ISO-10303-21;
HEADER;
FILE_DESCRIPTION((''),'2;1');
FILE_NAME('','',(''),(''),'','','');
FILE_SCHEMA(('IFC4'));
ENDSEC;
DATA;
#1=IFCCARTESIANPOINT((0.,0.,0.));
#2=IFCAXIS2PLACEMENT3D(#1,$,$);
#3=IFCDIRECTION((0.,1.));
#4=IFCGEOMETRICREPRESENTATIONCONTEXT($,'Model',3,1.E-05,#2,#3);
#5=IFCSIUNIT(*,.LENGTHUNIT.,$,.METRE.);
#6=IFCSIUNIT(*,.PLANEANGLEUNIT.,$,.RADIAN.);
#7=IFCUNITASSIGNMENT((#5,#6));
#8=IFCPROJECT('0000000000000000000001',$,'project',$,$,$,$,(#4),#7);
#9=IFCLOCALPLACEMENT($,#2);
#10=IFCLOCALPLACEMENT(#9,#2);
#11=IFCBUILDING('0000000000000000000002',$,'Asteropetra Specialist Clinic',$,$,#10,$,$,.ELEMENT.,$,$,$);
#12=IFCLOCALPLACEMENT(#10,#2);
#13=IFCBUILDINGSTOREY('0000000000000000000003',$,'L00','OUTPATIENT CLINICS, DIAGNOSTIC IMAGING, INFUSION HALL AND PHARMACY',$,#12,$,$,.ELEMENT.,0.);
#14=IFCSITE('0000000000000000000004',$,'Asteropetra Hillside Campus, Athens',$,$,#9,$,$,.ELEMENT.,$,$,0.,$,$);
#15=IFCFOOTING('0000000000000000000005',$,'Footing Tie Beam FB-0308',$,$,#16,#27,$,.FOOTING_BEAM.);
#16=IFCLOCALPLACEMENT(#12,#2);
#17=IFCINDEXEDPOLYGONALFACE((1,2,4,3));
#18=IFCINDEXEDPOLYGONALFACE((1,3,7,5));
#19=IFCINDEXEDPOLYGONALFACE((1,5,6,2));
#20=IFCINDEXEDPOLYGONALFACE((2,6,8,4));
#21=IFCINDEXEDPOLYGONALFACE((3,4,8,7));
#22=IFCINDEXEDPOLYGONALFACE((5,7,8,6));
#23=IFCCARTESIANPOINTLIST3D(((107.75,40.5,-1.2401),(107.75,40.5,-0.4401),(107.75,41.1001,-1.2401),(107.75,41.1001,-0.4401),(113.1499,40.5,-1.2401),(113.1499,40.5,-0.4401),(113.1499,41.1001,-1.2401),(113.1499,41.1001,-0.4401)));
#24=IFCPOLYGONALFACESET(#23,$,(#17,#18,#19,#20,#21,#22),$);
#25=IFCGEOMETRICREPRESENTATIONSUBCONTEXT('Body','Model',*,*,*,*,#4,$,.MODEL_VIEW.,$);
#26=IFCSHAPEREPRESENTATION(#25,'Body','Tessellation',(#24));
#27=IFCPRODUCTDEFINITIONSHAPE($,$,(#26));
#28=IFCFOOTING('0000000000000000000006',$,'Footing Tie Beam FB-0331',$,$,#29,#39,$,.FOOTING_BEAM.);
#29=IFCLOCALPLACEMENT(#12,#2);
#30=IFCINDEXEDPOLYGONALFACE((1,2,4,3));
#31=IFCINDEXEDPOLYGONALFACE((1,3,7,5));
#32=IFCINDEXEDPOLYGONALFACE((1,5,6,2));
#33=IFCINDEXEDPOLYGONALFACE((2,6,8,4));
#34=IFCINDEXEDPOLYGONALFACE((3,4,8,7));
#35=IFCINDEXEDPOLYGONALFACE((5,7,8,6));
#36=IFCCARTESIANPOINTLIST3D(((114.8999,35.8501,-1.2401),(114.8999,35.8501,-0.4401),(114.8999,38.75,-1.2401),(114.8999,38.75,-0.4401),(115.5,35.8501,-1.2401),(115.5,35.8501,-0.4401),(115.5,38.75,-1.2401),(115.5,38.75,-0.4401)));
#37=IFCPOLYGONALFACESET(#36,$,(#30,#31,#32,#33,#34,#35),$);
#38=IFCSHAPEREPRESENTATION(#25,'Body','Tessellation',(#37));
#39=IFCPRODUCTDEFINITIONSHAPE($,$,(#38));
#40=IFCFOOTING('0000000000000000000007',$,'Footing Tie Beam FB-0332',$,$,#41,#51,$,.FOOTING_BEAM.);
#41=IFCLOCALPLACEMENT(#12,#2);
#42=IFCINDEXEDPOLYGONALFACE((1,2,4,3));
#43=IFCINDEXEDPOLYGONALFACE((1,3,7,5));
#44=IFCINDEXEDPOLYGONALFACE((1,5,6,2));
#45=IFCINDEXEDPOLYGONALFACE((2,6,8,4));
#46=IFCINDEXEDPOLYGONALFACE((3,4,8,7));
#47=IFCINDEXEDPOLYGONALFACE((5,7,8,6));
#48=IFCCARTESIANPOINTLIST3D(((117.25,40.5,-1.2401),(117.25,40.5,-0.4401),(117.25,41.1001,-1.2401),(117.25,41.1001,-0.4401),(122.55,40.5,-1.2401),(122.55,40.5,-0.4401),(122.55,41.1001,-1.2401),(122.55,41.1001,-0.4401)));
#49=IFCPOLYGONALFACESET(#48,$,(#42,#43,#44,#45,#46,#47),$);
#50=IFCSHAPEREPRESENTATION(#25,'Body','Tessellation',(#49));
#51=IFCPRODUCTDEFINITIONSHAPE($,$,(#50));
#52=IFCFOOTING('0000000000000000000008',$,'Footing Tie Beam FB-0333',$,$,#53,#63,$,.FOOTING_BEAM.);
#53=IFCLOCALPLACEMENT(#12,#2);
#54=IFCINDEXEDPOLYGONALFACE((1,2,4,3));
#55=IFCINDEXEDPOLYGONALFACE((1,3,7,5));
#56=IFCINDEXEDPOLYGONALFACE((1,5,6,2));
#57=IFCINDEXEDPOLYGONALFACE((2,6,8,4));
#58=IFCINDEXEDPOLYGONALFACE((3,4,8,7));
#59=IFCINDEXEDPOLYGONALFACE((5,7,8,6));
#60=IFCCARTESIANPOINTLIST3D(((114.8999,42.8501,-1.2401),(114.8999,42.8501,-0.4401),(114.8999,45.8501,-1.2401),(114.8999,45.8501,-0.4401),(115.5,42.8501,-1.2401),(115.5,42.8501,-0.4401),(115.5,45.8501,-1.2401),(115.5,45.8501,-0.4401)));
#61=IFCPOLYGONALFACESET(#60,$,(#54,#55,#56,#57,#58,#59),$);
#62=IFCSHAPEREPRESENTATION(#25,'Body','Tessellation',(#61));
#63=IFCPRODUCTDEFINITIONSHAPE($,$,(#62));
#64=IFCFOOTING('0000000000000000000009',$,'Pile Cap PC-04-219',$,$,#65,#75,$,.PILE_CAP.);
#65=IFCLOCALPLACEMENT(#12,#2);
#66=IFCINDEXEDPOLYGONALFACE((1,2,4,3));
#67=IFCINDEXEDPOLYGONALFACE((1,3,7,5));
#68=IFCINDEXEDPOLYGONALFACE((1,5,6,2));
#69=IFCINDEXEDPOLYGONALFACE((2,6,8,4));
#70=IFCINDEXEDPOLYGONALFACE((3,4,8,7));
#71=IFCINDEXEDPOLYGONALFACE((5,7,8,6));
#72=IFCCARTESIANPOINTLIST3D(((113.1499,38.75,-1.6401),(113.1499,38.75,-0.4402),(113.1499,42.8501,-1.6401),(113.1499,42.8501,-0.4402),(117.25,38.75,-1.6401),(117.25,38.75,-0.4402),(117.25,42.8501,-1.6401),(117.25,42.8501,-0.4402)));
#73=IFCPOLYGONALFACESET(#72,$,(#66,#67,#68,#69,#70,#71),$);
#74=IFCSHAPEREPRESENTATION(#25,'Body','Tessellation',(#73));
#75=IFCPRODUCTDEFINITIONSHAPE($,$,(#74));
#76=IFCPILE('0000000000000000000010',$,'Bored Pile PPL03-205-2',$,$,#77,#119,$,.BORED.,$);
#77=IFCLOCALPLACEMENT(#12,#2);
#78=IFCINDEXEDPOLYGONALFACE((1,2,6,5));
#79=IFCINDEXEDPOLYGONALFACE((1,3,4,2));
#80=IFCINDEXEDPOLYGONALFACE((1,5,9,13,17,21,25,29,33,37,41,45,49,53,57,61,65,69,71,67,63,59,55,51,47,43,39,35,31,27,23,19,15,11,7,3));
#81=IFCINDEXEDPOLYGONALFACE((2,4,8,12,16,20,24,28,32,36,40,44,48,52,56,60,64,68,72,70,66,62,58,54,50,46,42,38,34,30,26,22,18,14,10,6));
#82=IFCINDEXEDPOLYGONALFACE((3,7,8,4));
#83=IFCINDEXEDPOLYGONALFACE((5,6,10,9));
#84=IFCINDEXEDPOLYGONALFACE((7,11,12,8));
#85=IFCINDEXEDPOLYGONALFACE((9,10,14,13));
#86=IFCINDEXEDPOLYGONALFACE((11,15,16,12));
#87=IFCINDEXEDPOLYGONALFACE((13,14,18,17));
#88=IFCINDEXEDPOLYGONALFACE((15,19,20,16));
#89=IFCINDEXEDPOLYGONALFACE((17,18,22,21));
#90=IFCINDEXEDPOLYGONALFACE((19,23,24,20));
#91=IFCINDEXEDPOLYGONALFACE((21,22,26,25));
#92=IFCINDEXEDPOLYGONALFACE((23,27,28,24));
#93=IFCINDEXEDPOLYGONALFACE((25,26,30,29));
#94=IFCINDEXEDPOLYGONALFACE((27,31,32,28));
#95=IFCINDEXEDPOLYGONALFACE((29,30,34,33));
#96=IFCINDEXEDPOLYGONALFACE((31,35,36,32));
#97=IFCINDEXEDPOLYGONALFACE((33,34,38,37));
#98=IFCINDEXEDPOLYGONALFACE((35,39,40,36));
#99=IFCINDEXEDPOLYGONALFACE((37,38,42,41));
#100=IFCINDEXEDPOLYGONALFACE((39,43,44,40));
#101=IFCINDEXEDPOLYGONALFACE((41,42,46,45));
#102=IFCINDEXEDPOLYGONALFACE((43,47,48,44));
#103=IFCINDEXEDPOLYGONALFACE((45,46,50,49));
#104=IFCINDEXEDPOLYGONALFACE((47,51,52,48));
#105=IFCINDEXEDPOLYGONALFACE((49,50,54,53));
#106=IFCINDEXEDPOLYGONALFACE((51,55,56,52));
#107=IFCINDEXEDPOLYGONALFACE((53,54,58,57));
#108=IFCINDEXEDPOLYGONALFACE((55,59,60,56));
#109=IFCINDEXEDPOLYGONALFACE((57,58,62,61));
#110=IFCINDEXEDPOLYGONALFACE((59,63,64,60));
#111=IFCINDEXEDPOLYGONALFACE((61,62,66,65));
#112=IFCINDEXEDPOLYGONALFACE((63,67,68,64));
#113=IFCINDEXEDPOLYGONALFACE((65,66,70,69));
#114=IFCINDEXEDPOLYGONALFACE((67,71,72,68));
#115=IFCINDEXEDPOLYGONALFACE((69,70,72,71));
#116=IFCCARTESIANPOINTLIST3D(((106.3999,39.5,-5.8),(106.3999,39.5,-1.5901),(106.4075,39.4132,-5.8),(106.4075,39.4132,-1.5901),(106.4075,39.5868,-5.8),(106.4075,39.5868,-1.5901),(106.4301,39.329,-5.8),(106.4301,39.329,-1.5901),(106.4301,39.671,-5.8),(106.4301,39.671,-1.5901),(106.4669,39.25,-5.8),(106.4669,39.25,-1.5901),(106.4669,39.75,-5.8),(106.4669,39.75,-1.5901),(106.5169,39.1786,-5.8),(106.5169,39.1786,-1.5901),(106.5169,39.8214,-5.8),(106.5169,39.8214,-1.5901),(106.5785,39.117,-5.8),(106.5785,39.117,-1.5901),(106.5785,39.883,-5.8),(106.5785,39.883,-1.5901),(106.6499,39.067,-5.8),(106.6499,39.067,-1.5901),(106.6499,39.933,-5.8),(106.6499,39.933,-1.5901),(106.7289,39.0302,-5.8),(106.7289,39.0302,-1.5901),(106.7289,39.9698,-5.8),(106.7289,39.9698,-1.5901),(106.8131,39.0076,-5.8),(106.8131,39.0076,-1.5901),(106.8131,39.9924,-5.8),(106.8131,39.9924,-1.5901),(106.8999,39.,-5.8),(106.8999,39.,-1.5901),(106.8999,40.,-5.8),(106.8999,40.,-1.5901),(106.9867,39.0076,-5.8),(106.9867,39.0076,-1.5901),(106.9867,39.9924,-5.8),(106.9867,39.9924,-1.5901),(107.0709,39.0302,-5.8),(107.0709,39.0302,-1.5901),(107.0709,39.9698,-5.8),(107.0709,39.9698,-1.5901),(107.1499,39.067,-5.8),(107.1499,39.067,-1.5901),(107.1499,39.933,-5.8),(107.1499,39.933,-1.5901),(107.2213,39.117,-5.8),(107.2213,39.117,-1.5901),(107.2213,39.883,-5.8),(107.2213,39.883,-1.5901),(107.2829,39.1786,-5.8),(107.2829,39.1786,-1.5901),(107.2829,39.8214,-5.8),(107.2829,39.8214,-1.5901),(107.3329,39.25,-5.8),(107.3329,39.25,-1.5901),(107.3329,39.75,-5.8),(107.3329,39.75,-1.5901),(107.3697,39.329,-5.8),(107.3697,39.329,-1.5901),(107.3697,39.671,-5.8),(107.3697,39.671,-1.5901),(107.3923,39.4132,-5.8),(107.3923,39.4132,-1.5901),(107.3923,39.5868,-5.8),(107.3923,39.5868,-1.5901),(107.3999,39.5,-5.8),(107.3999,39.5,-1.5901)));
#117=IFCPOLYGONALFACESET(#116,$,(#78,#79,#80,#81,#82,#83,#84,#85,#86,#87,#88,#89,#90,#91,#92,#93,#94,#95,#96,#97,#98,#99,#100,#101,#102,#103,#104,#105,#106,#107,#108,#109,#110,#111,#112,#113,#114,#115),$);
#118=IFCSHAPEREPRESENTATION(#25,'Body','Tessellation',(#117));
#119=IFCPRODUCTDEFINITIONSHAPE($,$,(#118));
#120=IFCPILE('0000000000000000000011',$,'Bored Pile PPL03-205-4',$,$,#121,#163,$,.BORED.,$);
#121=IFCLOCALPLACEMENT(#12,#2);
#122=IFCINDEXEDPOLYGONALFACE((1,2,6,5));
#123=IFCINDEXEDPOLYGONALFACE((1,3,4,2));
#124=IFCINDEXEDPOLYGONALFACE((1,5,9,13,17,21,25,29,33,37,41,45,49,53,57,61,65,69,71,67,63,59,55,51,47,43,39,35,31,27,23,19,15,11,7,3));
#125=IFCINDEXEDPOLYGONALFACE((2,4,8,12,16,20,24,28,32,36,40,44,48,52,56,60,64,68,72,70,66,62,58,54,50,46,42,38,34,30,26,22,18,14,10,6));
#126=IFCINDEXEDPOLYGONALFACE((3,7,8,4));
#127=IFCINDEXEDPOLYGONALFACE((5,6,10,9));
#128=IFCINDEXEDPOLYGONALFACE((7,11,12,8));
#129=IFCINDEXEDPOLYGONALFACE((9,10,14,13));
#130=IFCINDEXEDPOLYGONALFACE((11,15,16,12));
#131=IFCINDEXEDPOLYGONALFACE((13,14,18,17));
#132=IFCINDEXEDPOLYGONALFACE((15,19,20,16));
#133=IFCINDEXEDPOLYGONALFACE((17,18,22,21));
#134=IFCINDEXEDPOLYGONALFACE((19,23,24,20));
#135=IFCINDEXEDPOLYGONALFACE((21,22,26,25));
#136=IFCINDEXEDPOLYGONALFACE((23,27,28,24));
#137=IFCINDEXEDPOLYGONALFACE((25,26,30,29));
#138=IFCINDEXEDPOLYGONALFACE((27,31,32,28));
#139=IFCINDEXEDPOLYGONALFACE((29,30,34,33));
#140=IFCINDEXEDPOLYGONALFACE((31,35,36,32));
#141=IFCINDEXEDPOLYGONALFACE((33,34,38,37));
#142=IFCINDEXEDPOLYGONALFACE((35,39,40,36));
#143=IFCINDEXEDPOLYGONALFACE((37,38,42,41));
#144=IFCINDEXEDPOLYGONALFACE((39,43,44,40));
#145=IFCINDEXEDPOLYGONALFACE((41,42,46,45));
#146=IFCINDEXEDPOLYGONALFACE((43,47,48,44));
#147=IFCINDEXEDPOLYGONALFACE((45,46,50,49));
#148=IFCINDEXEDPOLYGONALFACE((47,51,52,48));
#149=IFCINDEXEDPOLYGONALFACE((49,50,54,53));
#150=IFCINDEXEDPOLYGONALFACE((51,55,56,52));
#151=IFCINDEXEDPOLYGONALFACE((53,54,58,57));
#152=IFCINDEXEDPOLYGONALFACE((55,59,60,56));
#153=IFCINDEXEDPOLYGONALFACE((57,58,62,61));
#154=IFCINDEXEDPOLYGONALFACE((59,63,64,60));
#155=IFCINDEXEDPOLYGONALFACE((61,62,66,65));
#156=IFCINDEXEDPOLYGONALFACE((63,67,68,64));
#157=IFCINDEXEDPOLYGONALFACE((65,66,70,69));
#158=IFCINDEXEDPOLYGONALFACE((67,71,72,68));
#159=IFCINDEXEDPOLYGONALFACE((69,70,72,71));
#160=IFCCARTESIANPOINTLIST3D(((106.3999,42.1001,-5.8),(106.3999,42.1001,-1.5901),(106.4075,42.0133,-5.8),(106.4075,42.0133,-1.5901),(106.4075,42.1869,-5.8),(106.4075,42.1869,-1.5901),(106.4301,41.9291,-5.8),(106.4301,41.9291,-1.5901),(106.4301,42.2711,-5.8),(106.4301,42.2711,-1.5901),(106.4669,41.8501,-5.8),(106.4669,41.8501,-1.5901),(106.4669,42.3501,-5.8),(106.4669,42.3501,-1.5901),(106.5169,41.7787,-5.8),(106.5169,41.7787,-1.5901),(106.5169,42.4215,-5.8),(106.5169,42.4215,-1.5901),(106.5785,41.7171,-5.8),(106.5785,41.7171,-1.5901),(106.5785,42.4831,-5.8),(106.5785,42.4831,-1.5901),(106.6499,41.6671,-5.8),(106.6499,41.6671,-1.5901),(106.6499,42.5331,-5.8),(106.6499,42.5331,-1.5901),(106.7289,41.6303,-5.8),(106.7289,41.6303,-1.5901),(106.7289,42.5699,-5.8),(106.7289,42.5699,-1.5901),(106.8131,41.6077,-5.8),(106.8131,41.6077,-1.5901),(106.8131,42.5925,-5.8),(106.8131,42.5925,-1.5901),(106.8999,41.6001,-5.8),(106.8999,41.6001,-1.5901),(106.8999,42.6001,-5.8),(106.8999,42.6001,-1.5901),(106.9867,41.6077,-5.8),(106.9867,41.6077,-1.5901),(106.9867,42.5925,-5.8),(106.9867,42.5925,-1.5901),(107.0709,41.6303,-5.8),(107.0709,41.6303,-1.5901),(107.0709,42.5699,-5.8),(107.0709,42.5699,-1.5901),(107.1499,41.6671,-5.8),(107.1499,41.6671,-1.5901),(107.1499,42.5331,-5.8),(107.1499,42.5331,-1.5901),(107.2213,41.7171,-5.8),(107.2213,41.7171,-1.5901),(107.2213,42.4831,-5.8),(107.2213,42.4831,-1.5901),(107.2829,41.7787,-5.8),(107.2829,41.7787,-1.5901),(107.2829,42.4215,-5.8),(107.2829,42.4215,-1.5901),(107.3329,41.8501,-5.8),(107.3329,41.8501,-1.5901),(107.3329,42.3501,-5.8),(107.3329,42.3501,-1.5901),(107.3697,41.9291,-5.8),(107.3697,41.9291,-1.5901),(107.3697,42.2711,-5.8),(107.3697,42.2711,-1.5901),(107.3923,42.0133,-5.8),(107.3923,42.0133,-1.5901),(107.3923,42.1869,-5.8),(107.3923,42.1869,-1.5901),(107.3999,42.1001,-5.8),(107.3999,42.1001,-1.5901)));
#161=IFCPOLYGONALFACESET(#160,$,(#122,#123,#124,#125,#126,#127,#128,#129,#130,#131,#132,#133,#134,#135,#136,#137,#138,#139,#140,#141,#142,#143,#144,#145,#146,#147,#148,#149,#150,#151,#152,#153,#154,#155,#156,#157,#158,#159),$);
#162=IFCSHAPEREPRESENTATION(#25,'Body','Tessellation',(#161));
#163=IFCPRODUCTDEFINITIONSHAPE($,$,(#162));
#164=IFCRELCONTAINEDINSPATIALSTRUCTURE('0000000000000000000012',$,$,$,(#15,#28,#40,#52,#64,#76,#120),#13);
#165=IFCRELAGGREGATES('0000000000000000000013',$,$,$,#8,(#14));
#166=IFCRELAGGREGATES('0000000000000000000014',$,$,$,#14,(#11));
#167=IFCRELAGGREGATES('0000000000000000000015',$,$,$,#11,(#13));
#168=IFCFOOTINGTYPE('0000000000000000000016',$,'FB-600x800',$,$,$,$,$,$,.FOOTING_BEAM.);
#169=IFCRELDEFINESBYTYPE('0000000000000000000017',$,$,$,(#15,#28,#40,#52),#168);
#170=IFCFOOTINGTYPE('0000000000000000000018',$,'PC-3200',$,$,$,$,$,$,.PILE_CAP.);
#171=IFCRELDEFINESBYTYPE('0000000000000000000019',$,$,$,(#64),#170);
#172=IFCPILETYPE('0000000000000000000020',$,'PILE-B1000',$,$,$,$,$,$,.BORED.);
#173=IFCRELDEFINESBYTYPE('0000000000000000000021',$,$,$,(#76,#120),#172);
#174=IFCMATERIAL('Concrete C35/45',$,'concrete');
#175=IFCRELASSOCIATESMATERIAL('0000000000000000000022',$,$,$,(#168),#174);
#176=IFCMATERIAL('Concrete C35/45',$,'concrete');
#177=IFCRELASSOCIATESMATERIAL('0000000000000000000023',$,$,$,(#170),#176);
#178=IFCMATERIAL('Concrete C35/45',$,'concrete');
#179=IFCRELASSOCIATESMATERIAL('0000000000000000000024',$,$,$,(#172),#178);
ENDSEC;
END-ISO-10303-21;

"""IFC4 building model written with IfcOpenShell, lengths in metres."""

from ifc_helpers import new_model, si_unit, direction, frame, origin, origin_2d, place, context, subcontext, project, spatial, rectangle, circle, extrude, material, material_profile, profile_set, type_object, element, save


model = new_model("IFC4")

# Units and contexts
model_context = context("Model", 3, precision=1e-05, world=origin(), true_north=direction((0.0, 1.0)))
body_context = subcontext(model_context, "Body", "Model", "MODEL_VIEW")
ifc_project = project(units=[si_unit("LENGTHUNIT", "METRE"), si_unit("PLANEANGLEUNIT", "RADIAN")], contexts=[model_context])

# Site, building, storey
site_placement = place(None, origin())
site = spatial("IfcSite", under=ifc_project, at=site_placement, Name="Asteropetra Hillside Campus, Athens", CompositionType="ELEMENT", RefElevation=0.0)
building_placement = place(site_placement, origin())
building = spatial("IfcBuilding", under=site, at=building_placement, Name="Asteropetra Specialist Clinic", CompositionType="ELEMENT")
storey_placement = place(building_placement, origin())
storey = spatial("IfcBuildingStorey", under=building, at=storey_placement, Name="L00", Description="OUTPATIENT CLINICS, DIAGNOSTIC IMAGING, INFUSION HALL AND PHARMACY", CompositionType="ELEMENT", Elevation=0.0)

# Footings
ifc_material_1 = material(Name="Concrete C35/45", Category="concrete")
ifc_material_profile_1 = material_profile(ifc_material_1, rectangle(XDim=0.6001, YDim=0.8, at=origin_2d()), Name="FB 600x800")
ifc_profile_set_1 = profile_set([ifc_material_profile_1], Name="Concrete C35/45")
footing_type_1 = type_object("IfcFootingType", Name="FB-600x800", PredefinedType="FOOTING_BEAM", material=ifc_profile_set_1)
footing_1_placement = place(storey_placement, frame((107.75, 40.8, -0.8401), z_axis=(1.0, 0.0, 0.0), x_axis=(0.0, 1.0, 0.0)))
element("IfcFooting", 1, at=footing_1_placement, inside=storey, type_object=footing_type_1, Name="Footing Tie Beam FB-0308", PredefinedType="FOOTING_BEAM", context=body_context, shape_type="SweptSolid", body=[
    extrude(rectangle(XDim=0.6001, YDim=0.8, at=origin_2d()), origin(), (0.0, 0.0, 1.0), 5.3999),
])
footing_2_placement = place(storey_placement, frame((115.2, 35.8501, -0.8401), z_axis=(0.0, 1.0, 0.0), x_axis=(-1.0, 0.0, 0.0)))
element("IfcFooting", 2, at=footing_2_placement, inside=storey, type_object=footing_type_1, Name="Footing Tie Beam FB-0331", PredefinedType="FOOTING_BEAM", context=body_context, shape_type="SweptSolid", body=[
    extrude(rectangle(XDim=0.6001, YDim=0.8, at=origin_2d()), origin(), (0.0, 0.0, 1.0), 2.8999),
])
footing_3_placement = place(storey_placement, frame((117.25, 40.8, -0.8401), z_axis=(1.0, 0.0, 0.0), x_axis=(0.0, 1.0, 0.0)))
element("IfcFooting", 3, at=footing_3_placement, inside=storey, type_object=footing_type_1, Name="Footing Tie Beam FB-0332", PredefinedType="FOOTING_BEAM", context=body_context, shape_type="SweptSolid", body=[
    extrude(rectangle(XDim=0.6001, YDim=0.8, at=origin_2d()), origin(), (0.0, 0.0, 1.0), 5.3),
])
footing_4_placement = place(storey_placement, frame((115.2, 42.8501, -0.8401), z_axis=(0.0, 1.0, 0.0), x_axis=(-1.0, 0.0, 0.0)))
element("IfcFooting", 4, at=footing_4_placement, inside=storey, type_object=footing_type_1, Name="Footing Tie Beam FB-0333", PredefinedType="FOOTING_BEAM", context=body_context, shape_type="SweptSolid", body=[
    extrude(rectangle(XDim=0.6001, YDim=0.8, at=origin_2d()), origin(), (0.0, 0.0, 1.0), 3.0),
])
ifc_material_2 = material(Name="Concrete C35/45", Category="concrete")
footing_type_2 = type_object("IfcFootingType", Name="PC-3200", PredefinedType="PILE_CAP", material=ifc_material_2)
footing_5_placement = place(storey_placement, frame((115.2, 40.8, -1.6401), z_axis=(0.0, 0.0, 1.0), x_axis=(1.0, 0.0, 0.0)))
element("IfcFooting", 5, at=footing_5_placement, inside=storey, type_object=footing_type_2, Name="Pile Cap PC-04-219", PredefinedType="PILE_CAP", context=body_context, shape_type="SweptSolid", body=[
    extrude(rectangle(XDim=4.1001, YDim=4.1001, at=origin_2d()), origin(), (0.0, 0.0, 1.0), 1.2),
])

# Piles
ifc_material_3 = material(Name="Concrete C35/45", Category="concrete")
ifc_material_profile_2 = material_profile(ifc_material_3, circle(Radius=0.5, at=origin_2d()), Name="PILE D1000")
ifc_profile_set_2 = profile_set([ifc_material_profile_2], Name="Concrete C35/45")
pile_type_1 = type_object("IfcPileType", Name="PILE-B1000", PredefinedType="BORED", material=ifc_profile_set_2)
for number, where, z_axis, x_axis, name in (
    (6, (106.8999, 39.5, -1.5901), (0.0, 0.0, -1.0), (1.0, 0.0, 0.0), "Bored Pile PPL03-205-2"),
    (7, (106.8999, 42.1001, -1.5901), (0.0, 0.0, -1.0), (1.0, 0.0, 0.0), "Bored Pile PPL03-205-4"),
):
    element("IfcPile", number, at=place(storey_placement, frame(where, z_axis=z_axis, x_axis=x_axis)), inside=storey, type_object=pile_type_1, Name=name, PredefinedType="BORED", context=body_context, shape_type="SweptSolid", body=[
        extrude(circle(Radius=0.5, at=origin_2d()), origin(), (0.0, 0.0, 1.0), 4.21),
    ])

save(model, "model.ifc")
